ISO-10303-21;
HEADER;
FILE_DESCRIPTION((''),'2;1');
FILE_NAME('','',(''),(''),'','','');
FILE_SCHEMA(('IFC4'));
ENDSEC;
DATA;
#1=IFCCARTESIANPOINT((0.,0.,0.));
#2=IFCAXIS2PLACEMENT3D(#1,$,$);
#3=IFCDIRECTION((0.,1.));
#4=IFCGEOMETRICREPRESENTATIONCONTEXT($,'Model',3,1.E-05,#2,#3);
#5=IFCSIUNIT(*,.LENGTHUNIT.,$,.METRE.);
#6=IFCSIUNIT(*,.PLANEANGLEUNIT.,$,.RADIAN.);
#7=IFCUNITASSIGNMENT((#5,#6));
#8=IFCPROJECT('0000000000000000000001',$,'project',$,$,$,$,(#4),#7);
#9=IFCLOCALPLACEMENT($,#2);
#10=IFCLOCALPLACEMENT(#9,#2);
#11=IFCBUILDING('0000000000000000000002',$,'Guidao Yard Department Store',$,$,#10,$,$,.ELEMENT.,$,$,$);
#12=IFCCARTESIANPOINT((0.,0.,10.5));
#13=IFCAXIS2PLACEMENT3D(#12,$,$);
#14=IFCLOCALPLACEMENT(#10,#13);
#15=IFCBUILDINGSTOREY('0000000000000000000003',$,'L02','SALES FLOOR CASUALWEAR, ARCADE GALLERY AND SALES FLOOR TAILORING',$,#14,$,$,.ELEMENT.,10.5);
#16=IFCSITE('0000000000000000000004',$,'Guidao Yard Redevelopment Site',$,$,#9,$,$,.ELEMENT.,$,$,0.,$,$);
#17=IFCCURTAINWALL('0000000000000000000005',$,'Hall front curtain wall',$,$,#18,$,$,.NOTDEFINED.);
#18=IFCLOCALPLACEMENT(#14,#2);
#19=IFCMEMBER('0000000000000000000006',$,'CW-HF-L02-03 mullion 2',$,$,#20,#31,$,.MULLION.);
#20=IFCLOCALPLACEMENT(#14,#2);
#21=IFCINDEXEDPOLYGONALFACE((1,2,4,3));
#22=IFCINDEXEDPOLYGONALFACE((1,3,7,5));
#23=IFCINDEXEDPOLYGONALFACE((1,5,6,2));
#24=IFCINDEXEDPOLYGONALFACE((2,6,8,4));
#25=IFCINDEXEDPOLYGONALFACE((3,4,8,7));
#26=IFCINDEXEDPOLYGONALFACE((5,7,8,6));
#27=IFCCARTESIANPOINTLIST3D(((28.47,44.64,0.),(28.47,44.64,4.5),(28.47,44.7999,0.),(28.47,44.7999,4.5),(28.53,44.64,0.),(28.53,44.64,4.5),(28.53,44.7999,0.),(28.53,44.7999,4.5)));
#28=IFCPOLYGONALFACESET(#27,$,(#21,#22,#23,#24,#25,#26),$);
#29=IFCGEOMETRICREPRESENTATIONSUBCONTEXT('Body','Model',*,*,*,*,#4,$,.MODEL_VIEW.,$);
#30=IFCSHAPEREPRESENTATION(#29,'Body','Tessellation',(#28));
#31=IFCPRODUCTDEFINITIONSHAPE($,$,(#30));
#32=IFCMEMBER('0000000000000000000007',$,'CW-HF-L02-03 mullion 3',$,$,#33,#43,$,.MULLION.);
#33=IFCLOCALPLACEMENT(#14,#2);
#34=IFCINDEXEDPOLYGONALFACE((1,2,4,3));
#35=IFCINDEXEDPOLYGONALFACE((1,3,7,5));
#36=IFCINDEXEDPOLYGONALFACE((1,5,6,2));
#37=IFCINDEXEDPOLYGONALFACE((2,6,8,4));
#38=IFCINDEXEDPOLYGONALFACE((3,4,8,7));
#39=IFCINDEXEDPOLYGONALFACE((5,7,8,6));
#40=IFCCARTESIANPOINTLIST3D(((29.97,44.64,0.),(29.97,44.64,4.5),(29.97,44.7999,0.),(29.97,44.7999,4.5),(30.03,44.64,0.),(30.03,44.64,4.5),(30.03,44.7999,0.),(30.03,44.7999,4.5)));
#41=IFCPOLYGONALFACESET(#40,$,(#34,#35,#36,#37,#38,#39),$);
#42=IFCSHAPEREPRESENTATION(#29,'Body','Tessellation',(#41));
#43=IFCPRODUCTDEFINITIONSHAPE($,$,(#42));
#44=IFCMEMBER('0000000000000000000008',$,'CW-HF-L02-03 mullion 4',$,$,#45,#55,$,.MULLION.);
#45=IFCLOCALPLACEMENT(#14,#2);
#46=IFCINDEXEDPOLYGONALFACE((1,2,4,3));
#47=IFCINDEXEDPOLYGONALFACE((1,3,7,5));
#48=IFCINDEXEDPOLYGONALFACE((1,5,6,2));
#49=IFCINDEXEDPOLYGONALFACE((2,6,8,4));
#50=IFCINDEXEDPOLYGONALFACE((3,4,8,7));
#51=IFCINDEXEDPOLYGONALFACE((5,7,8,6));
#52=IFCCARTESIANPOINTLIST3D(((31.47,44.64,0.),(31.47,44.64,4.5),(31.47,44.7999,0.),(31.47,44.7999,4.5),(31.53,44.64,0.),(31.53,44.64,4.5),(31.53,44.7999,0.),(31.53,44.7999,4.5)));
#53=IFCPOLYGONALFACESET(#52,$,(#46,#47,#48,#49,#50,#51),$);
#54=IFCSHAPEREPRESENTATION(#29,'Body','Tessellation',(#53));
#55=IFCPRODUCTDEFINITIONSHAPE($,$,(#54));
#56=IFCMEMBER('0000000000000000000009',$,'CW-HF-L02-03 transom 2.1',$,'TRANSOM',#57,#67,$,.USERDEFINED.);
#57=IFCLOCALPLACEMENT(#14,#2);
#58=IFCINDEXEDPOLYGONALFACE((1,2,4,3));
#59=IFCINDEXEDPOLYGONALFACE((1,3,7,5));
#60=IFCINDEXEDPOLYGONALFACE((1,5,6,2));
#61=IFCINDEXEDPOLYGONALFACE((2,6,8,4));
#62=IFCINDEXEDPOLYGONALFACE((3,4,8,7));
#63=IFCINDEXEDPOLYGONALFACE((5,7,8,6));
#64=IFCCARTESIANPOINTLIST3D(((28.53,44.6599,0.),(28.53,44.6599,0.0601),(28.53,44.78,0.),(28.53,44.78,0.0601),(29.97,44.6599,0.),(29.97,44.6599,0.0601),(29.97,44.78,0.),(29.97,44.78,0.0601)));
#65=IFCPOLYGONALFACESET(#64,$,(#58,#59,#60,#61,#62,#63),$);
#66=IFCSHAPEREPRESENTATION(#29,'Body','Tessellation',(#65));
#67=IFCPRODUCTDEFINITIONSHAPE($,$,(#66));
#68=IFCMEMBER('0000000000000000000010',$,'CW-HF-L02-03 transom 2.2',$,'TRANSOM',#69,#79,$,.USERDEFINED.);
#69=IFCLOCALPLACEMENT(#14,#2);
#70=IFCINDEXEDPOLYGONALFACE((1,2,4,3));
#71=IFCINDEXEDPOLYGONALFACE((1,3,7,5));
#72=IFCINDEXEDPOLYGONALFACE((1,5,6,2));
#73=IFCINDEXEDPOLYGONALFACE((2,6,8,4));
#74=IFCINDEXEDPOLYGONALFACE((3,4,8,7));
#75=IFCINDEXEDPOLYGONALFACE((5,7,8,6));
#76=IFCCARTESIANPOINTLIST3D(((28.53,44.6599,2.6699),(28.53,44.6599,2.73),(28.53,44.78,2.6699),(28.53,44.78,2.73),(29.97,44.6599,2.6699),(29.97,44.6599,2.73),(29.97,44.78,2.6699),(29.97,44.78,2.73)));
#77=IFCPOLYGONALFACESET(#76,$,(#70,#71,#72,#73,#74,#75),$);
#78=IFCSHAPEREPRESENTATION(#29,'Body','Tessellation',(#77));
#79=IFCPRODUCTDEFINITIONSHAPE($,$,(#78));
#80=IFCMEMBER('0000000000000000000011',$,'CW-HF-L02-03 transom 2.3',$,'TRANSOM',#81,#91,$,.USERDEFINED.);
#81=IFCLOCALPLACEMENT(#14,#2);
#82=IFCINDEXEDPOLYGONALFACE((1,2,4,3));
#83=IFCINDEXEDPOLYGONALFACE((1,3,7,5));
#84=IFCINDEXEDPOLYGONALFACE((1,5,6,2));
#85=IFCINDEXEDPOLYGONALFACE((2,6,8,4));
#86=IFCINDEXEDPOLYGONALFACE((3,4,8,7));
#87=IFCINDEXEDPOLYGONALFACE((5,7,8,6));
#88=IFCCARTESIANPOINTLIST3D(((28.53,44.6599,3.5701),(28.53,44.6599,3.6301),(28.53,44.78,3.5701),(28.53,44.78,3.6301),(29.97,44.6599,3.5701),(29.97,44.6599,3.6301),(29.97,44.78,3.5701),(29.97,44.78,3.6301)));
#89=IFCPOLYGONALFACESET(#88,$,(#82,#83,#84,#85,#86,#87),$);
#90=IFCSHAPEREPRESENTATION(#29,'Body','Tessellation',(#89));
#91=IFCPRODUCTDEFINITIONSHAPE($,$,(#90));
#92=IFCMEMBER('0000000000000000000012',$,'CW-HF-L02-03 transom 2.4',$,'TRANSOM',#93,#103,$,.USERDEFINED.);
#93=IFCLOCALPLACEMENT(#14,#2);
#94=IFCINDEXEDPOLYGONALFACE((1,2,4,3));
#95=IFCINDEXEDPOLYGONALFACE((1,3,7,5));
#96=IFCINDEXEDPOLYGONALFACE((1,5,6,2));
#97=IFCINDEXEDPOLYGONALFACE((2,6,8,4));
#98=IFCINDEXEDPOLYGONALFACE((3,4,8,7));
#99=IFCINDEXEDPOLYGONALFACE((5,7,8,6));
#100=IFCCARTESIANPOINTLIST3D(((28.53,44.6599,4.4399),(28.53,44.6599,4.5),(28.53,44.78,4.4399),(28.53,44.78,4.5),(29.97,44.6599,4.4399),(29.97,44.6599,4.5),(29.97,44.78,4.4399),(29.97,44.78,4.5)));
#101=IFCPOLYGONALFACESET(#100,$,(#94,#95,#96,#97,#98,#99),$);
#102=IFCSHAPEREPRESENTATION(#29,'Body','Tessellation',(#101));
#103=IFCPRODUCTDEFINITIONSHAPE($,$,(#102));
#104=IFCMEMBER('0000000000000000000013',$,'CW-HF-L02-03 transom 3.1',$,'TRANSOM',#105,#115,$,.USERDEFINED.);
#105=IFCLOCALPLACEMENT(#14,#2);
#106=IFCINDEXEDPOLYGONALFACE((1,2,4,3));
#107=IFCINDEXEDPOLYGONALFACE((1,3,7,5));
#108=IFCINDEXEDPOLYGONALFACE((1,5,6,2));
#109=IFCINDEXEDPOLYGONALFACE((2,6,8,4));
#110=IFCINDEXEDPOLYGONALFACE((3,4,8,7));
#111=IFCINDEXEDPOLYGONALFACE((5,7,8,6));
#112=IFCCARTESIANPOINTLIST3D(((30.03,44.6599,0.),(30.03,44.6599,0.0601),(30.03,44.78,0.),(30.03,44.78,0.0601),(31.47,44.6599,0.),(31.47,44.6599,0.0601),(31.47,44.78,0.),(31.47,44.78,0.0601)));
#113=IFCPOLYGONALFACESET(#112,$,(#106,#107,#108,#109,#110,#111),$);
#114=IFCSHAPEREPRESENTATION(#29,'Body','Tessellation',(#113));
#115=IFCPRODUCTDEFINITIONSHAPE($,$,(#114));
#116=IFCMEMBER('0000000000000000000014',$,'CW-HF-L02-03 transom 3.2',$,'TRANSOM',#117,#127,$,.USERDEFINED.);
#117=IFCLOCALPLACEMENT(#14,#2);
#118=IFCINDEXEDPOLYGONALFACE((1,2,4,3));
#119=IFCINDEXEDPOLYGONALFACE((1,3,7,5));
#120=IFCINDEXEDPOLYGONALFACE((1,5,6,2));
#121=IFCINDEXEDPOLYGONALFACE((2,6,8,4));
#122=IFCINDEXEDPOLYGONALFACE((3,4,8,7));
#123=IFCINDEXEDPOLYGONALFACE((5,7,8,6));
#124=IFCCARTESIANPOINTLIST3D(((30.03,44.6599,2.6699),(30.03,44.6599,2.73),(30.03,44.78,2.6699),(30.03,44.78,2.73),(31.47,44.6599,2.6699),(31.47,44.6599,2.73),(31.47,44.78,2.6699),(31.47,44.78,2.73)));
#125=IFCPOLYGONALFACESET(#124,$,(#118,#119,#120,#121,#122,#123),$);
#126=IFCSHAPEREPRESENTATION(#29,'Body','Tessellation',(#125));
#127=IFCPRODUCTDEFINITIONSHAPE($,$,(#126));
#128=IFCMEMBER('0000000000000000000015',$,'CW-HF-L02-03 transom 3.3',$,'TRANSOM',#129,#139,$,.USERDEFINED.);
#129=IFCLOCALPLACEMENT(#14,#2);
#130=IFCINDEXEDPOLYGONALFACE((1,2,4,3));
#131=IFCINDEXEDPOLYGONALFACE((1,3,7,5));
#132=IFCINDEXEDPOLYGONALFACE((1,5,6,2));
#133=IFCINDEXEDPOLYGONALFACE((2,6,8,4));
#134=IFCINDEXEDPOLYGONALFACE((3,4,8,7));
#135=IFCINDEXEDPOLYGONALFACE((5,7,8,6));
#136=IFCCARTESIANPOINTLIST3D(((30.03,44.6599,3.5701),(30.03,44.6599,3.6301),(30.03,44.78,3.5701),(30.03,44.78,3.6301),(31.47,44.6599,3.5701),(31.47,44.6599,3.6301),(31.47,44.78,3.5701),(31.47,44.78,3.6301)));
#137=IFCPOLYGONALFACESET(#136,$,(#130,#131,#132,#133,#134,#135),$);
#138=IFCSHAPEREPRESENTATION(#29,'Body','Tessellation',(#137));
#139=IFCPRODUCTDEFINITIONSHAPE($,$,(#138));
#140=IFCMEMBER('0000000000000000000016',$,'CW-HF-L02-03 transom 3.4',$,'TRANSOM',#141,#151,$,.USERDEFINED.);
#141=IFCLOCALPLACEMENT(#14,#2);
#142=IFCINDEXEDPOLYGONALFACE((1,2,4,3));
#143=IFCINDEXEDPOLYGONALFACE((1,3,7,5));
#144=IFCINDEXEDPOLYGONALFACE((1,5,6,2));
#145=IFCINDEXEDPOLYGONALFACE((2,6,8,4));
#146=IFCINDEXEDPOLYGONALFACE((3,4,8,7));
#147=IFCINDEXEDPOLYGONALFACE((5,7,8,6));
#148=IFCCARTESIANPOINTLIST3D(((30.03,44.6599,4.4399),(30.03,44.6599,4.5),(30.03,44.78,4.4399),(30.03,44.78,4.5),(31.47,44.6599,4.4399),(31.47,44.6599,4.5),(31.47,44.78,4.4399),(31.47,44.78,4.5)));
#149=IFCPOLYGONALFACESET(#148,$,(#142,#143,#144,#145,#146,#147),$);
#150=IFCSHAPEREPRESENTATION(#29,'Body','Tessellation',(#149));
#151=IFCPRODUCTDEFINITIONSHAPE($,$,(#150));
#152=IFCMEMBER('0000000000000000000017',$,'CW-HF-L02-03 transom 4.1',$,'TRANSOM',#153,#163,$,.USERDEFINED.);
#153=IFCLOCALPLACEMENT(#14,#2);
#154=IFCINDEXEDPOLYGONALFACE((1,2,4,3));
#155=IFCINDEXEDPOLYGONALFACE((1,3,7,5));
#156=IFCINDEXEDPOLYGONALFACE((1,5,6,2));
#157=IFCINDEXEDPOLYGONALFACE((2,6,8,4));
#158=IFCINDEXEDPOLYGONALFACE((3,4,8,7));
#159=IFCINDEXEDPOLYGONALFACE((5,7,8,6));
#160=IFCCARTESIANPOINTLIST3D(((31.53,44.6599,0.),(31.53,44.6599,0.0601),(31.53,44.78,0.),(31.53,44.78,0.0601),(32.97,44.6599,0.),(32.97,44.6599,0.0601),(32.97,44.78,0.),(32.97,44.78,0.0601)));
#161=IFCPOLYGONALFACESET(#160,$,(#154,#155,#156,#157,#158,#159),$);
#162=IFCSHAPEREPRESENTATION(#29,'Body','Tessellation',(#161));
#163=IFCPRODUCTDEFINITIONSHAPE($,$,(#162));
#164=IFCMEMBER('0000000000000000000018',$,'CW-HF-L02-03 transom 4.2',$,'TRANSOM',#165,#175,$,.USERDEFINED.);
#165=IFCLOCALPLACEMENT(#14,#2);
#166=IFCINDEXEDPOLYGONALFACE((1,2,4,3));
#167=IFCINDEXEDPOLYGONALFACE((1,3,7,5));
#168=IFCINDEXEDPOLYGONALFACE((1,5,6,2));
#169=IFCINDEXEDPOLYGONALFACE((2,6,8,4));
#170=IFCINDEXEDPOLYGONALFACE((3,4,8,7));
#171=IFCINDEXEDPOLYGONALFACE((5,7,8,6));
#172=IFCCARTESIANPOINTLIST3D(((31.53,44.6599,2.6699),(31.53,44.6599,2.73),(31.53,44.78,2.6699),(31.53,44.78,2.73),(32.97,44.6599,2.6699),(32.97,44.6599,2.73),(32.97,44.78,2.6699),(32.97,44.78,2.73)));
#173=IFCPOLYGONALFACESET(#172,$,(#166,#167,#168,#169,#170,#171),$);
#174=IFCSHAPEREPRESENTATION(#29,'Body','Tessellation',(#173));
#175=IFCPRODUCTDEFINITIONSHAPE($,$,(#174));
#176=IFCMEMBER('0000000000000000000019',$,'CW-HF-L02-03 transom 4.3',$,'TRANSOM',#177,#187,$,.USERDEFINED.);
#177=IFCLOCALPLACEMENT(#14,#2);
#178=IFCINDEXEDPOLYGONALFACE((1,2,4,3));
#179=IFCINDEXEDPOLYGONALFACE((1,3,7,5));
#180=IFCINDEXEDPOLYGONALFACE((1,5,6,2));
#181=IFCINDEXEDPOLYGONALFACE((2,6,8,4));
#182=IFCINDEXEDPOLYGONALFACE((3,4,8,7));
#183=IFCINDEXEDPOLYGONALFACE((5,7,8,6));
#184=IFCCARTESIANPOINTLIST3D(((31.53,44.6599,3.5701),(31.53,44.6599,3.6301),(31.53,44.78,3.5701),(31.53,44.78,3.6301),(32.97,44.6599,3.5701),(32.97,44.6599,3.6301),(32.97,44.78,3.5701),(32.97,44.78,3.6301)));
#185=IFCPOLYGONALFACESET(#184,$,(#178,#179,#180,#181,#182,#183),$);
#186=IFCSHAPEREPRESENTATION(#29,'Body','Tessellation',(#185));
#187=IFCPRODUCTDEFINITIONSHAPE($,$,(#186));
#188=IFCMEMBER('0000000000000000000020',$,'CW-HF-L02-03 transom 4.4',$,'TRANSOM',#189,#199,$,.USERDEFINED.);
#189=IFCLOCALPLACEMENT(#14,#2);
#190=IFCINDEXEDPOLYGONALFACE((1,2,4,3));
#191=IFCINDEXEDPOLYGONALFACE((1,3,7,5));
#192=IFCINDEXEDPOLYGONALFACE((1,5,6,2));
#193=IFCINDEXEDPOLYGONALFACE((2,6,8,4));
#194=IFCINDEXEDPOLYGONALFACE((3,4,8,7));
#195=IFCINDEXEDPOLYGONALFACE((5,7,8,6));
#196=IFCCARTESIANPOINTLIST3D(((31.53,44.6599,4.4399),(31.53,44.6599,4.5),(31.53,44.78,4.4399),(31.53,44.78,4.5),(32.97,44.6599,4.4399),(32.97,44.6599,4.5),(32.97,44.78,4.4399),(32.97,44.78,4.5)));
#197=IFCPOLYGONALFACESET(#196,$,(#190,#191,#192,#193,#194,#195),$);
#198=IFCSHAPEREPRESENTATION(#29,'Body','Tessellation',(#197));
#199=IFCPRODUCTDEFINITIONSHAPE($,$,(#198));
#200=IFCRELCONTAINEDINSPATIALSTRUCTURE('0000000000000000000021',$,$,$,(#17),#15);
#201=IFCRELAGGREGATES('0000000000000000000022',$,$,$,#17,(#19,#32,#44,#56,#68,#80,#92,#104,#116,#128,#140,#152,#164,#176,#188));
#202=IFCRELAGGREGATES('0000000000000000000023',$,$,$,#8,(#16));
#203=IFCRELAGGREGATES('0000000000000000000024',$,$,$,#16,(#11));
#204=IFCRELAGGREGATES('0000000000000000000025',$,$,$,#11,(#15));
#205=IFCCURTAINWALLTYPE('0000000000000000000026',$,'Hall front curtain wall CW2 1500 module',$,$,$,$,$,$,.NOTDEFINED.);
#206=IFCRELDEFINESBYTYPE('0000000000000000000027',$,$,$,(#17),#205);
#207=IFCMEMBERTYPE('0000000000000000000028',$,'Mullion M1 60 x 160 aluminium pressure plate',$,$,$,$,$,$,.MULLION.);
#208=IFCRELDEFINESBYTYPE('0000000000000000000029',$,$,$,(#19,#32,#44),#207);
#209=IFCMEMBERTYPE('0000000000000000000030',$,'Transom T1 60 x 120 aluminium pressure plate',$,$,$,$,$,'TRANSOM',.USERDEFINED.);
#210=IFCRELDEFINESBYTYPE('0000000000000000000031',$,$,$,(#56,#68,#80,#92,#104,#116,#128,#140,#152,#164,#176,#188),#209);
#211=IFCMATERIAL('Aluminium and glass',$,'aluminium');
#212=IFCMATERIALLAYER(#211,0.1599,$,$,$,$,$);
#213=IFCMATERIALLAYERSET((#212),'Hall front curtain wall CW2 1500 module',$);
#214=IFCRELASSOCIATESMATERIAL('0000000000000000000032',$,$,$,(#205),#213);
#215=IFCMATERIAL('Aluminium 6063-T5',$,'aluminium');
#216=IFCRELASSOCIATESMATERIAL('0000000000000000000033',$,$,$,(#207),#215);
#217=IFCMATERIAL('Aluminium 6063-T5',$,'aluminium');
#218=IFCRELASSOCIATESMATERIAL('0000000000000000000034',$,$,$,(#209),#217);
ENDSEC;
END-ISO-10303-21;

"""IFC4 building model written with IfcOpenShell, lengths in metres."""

from ifc_helpers import new_model, si_unit, direction, frame, origin, origin_2d, place, context, subcontext, project, spatial, rectangle, extrude, material, layer, layer_set, material_profile, profile_set, type_object, element, aggregate, save


model = new_model("IFC4")

# Units and contexts
model_context = context("Model", 3, precision=1e-05, world=origin(), true_north=direction((0.0, 1.0)))
body_context = subcontext(model_context, "Body", "Model", "MODEL_VIEW")
ifc_project = project(units=[si_unit("LENGTHUNIT", "METRE"), si_unit("PLANEANGLEUNIT", "RADIAN")], contexts=[model_context])

# Site, building, storey
site_placement = place(None, origin())
site = spatial("IfcSite", under=ifc_project, at=site_placement, Name="Guidao Yard Redevelopment Site", CompositionType="ELEMENT", RefElevation=0.0)
building_placement = place(site_placement, origin())
building = spatial("IfcBuilding", under=site, at=building_placement, Name="Guidao Yard Department Store", CompositionType="ELEMENT")
storey_placement = place(building_placement, frame((0.0, 0.0, 10.5)))
storey = spatial("IfcBuildingStorey", under=building, at=storey_placement, Name="L02", Description="SALES FLOOR CASUALWEAR, ARCADE GALLERY AND SALES FLOOR TAILORING", CompositionType="ELEMENT", Elevation=10.5)

# Curtain wall, members
ifc_material_1 = material(Name="Aluminium and glass", Category="aluminium")
ifc_layer_1 = layer(ifc_material_1, 0.1599)
ifc_layer_set_1 = layer_set([ifc_layer_1], Name="Hall front curtain wall CW2 1500 module")
curtain_wall_type = type_object("IfcCurtainWallType", Name="Hall front curtain wall CW2 1500 module", PredefinedType="NOTDEFINED", material=ifc_layer_set_1)
curtain_wall_placement = place(storey_placement, origin())
curtain_wall = element("IfcCurtainWall", 1, at=curtain_wall_placement, inside=storey, type_object=curtain_wall_type, Name="Hall front curtain wall", PredefinedType="NOTDEFINED")
ifc_material_2 = material(Name="Aluminium 6063-T5", Category="aluminium")
ifc_material_profile_1 = material_profile(ifc_material_2, rectangle(XDim=0.0601, YDim=0.1599, at=origin_2d()), Name="Mullion M1 60 x 160 aluminium pressure plate")
ifc_profile_set_1 = profile_set([ifc_material_profile_1], Name="Aluminium 6063-T5")
member_type_1 = type_object("IfcMemberType", Name="Mullion M1 60 x 160 aluminium pressure plate", PredefinedType="MULLION", material=ifc_profile_set_1)
member_1_placement = place(storey_placement, frame((28.5, 44.72, 0.0), z_axis=(0.0, 0.0, 1.0), x_axis=(-1.0, 0.0, 0.0)))
member_1 = element("IfcMember", 2, at=member_1_placement, type_object=member_type_1, Name="CW-HF-L02-03 mullion 2", PredefinedType="MULLION", context=body_context, shape_type="SweptSolid", body=[
    extrude(rectangle(XDim=0.0601, YDim=0.1599, at=origin_2d()), origin(), (0.0, 0.0, 1.0), 4.5),
])
member_2_placement = place(storey_placement, frame((30.0, 44.72, 0.0), z_axis=(0.0, 0.0, 1.0), x_axis=(-1.0, 0.0, 0.0)))
member_2 = element("IfcMember", 3, at=member_2_placement, type_object=member_type_1, Name="CW-HF-L02-03 mullion 3", PredefinedType="MULLION", context=body_context, shape_type="SweptSolid", body=[
    extrude(rectangle(XDim=0.0601, YDim=0.1599, at=origin_2d()), origin(), (0.0, 0.0, 1.0), 4.5),
])
member_3_placement = place(storey_placement, frame((31.5, 44.72, 0.0), z_axis=(0.0, 0.0, 1.0), x_axis=(-1.0, 0.0, 0.0)))
member_3 = element("IfcMember", 4, at=member_3_placement, type_object=member_type_1, Name="CW-HF-L02-03 mullion 4", PredefinedType="MULLION", context=body_context, shape_type="SweptSolid", body=[
    extrude(rectangle(XDim=0.0601, YDim=0.1599, at=origin_2d()), origin(), (0.0, 0.0, 1.0), 4.5),
])
ifc_material_3 = material(Name="Aluminium 6063-T5", Category="aluminium")
ifc_material_profile_2 = material_profile(ifc_material_3, rectangle(XDim=0.1201, YDim=0.0601, at=origin_2d()), Name="Transom T1 60 x 120 aluminium pressure plate")
ifc_profile_set_2 = profile_set([ifc_material_profile_2], Name="Aluminium 6063-T5")
member_type_2 = type_object("IfcMemberType", Name="Transom T1 60 x 120 aluminium pressure plate", ElementType="TRANSOM", PredefinedType="USERDEFINED", material=ifc_profile_set_2)
member_4_placement = place(storey_placement, frame((29.97, 44.72, 0.03), z_axis=(-1.0, 0.0, 0.0), x_axis=(0.0, -1.0, 0.0)))
member_4 = element("IfcMember", 5, at=member_4_placement, type_object=member_type_2, Name="CW-HF-L02-03 transom 2.1", ObjectType="TRANSOM", PredefinedType="USERDEFINED", context=body_context, shape_type="SweptSolid", body=[
    extrude(rectangle(XDim=0.1201, YDim=0.0601, at=origin_2d()), origin(), (0.0, 0.0, 1.0), 1.4399),
])
member_5_placement = place(storey_placement, frame((29.97, 44.72, 2.7), z_axis=(-1.0, 0.0, 0.0), x_axis=(0.0, -1.0, 0.0)))
member_5 = element("IfcMember", 6, at=member_5_placement, type_object=member_type_2, Name="CW-HF-L02-03 transom 2.2", ObjectType="TRANSOM", PredefinedType="USERDEFINED", context=body_context, shape_type="SweptSolid", body=[
    extrude(rectangle(XDim=0.1201, YDim=0.0601, at=origin_2d()), origin(), (0.0, 0.0, 1.0), 1.4399),
])
member_6_placement = place(storey_placement, frame((29.97, 44.72, 3.6001), z_axis=(-1.0, 0.0, 0.0), x_axis=(0.0, -1.0, 0.0)))
member_6 = element("IfcMember", 7, at=member_6_placement, type_object=member_type_2, Name="CW-HF-L02-03 transom 2.3", ObjectType="TRANSOM", PredefinedType="USERDEFINED", context=body_context, shape_type="SweptSolid", body=[
    extrude(rectangle(XDim=0.1201, YDim=0.0601, at=origin_2d()), origin(), (0.0, 0.0, 1.0), 1.4399),
])
member_7_placement = place(storey_placement, frame((29.97, 44.72, 4.47), z_axis=(-1.0, 0.0, 0.0), x_axis=(0.0, -1.0, 0.0)))
member_7 = element("IfcMember", 8, at=member_7_placement, type_object=member_type_2, Name="CW-HF-L02-03 transom 2.4", ObjectType="TRANSOM", PredefinedType="USERDEFINED", context=body_context, shape_type="SweptSolid", body=[
    extrude(rectangle(XDim=0.1201, YDim=0.0601, at=origin_2d()), origin(), (0.0, 0.0, 1.0), 1.4399),
])
member_8_placement = place(storey_placement, frame((31.47, 44.72, 0.03), z_axis=(-1.0, 0.0, 0.0), x_axis=(0.0, -1.0, 0.0)))
member_8 = element("IfcMember", 9, at=member_8_placement, type_object=member_type_2, Name="CW-HF-L02-03 transom 3.1", ObjectType="TRANSOM", PredefinedType="USERDEFINED", context=body_context, shape_type="SweptSolid", body=[
    extrude(rectangle(XDim=0.1201, YDim=0.0601, at=origin_2d()), origin(), (0.0, 0.0, 1.0), 1.4399),
])
member_9_placement = place(storey_placement, frame((31.47, 44.72, 2.7), z_axis=(-1.0, 0.0, 0.0), x_axis=(0.0, -1.0, 0.0)))
member_9 = element("IfcMember", 10, at=member_9_placement, type_object=member_type_2, Name="CW-HF-L02-03 transom 3.2", ObjectType="TRANSOM", PredefinedType="USERDEFINED", context=body_context, shape_type="SweptSolid", body=[
    extrude(rectangle(XDim=0.1201, YDim=0.0601, at=origin_2d()), origin(), (0.0, 0.0, 1.0), 1.4399),
])
member_10_placement = place(storey_placement, frame((31.47, 44.72, 3.6001), z_axis=(-1.0, 0.0, 0.0), x_axis=(0.0, -1.0, 0.0)))
member_10 = element("IfcMember", 11, at=member_10_placement, type_object=member_type_2, Name="CW-HF-L02-03 transom 3.3", ObjectType="TRANSOM", PredefinedType="USERDEFINED", context=body_context, shape_type="SweptSolid", body=[
    extrude(rectangle(XDim=0.1201, YDim=0.0601, at=origin_2d()), origin(), (0.0, 0.0, 1.0), 1.4399),
])
member_11_placement = place(storey_placement, frame((31.47, 44.72, 4.47), z_axis=(-1.0, 0.0, 0.0), x_axis=(0.0, -1.0, 0.0)))
member_11 = element("IfcMember", 12, at=member_11_placement, type_object=member_type_2, Name="CW-HF-L02-03 transom 3.4", ObjectType="TRANSOM", PredefinedType="USERDEFINED", context=body_context, shape_type="SweptSolid", body=[
    extrude(rectangle(XDim=0.1201, YDim=0.0601, at=origin_2d()), origin(), (0.0, 0.0, 1.0), 1.4399),
])
member_12_placement = place(storey_placement, frame((32.97, 44.72, 0.03), z_axis=(-1.0, 0.0, 0.0), x_axis=(0.0, -1.0, 0.0)))
member_12 = element("IfcMember", 13, at=member_12_placement, type_object=member_type_2, Name="CW-HF-L02-03 transom 4.1", ObjectType="TRANSOM", PredefinedType="USERDEFINED", context=body_context, shape_type="SweptSolid", body=[
    extrude(rectangle(XDim=0.1201, YDim=0.0601, at=origin_2d()), origin(), (0.0, 0.0, 1.0), 1.4399),
])
member_13_placement = place(storey_placement, frame((32.97, 44.72, 2.7), z_axis=(-1.0, 0.0, 0.0), x_axis=(0.0, -1.0, 0.0)))
member_13 = element("IfcMember", 14, at=member_13_placement, type_object=member_type_2, Name="CW-HF-L02-03 transom 4.2", ObjectType="TRANSOM", PredefinedType="USERDEFINED", context=body_context, shape_type="SweptSolid", body=[
    extrude(rectangle(XDim=0.1201, YDim=0.0601, at=origin_2d()), origin(), (0.0, 0.0, 1.0), 1.4399),
])
member_14_placement = place(storey_placement, frame((32.97, 44.72, 3.6001), z_axis=(-1.0, 0.0, 0.0), x_axis=(0.0, -1.0, 0.0)))
member_14 = element("IfcMember", 15, at=member_14_placement, type_object=member_type_2, Name="CW-HF-L02-03 transom 4.3", ObjectType="TRANSOM", PredefinedType="USERDEFINED", context=body_context, shape_type="SweptSolid", body=[
    extrude(rectangle(XDim=0.1201, YDim=0.0601, at=origin_2d()), origin(), (0.0, 0.0, 1.0), 1.4399),
])
member_15_placement = place(storey_placement, frame((32.97, 44.72, 4.47), z_axis=(-1.0, 0.0, 0.0), x_axis=(0.0, -1.0, 0.0)))
member_15 = element("IfcMember", 16, at=member_15_placement, type_object=member_type_2, Name="CW-HF-L02-03 transom 4.4", ObjectType="TRANSOM", PredefinedType="USERDEFINED", context=body_context, shape_type="SweptSolid", body=[
    extrude(rectangle(XDim=0.1201, YDim=0.0601, at=origin_2d()), origin(), (0.0, 0.0, 1.0), 1.4399),
])
aggregate(curtain_wall, [member_1, member_2, member_3, member_4, member_5, member_6, member_7, member_8, member_9, member_10, member_11, member_12, member_13, member_14, member_15])

save(model, "model.ifc")
